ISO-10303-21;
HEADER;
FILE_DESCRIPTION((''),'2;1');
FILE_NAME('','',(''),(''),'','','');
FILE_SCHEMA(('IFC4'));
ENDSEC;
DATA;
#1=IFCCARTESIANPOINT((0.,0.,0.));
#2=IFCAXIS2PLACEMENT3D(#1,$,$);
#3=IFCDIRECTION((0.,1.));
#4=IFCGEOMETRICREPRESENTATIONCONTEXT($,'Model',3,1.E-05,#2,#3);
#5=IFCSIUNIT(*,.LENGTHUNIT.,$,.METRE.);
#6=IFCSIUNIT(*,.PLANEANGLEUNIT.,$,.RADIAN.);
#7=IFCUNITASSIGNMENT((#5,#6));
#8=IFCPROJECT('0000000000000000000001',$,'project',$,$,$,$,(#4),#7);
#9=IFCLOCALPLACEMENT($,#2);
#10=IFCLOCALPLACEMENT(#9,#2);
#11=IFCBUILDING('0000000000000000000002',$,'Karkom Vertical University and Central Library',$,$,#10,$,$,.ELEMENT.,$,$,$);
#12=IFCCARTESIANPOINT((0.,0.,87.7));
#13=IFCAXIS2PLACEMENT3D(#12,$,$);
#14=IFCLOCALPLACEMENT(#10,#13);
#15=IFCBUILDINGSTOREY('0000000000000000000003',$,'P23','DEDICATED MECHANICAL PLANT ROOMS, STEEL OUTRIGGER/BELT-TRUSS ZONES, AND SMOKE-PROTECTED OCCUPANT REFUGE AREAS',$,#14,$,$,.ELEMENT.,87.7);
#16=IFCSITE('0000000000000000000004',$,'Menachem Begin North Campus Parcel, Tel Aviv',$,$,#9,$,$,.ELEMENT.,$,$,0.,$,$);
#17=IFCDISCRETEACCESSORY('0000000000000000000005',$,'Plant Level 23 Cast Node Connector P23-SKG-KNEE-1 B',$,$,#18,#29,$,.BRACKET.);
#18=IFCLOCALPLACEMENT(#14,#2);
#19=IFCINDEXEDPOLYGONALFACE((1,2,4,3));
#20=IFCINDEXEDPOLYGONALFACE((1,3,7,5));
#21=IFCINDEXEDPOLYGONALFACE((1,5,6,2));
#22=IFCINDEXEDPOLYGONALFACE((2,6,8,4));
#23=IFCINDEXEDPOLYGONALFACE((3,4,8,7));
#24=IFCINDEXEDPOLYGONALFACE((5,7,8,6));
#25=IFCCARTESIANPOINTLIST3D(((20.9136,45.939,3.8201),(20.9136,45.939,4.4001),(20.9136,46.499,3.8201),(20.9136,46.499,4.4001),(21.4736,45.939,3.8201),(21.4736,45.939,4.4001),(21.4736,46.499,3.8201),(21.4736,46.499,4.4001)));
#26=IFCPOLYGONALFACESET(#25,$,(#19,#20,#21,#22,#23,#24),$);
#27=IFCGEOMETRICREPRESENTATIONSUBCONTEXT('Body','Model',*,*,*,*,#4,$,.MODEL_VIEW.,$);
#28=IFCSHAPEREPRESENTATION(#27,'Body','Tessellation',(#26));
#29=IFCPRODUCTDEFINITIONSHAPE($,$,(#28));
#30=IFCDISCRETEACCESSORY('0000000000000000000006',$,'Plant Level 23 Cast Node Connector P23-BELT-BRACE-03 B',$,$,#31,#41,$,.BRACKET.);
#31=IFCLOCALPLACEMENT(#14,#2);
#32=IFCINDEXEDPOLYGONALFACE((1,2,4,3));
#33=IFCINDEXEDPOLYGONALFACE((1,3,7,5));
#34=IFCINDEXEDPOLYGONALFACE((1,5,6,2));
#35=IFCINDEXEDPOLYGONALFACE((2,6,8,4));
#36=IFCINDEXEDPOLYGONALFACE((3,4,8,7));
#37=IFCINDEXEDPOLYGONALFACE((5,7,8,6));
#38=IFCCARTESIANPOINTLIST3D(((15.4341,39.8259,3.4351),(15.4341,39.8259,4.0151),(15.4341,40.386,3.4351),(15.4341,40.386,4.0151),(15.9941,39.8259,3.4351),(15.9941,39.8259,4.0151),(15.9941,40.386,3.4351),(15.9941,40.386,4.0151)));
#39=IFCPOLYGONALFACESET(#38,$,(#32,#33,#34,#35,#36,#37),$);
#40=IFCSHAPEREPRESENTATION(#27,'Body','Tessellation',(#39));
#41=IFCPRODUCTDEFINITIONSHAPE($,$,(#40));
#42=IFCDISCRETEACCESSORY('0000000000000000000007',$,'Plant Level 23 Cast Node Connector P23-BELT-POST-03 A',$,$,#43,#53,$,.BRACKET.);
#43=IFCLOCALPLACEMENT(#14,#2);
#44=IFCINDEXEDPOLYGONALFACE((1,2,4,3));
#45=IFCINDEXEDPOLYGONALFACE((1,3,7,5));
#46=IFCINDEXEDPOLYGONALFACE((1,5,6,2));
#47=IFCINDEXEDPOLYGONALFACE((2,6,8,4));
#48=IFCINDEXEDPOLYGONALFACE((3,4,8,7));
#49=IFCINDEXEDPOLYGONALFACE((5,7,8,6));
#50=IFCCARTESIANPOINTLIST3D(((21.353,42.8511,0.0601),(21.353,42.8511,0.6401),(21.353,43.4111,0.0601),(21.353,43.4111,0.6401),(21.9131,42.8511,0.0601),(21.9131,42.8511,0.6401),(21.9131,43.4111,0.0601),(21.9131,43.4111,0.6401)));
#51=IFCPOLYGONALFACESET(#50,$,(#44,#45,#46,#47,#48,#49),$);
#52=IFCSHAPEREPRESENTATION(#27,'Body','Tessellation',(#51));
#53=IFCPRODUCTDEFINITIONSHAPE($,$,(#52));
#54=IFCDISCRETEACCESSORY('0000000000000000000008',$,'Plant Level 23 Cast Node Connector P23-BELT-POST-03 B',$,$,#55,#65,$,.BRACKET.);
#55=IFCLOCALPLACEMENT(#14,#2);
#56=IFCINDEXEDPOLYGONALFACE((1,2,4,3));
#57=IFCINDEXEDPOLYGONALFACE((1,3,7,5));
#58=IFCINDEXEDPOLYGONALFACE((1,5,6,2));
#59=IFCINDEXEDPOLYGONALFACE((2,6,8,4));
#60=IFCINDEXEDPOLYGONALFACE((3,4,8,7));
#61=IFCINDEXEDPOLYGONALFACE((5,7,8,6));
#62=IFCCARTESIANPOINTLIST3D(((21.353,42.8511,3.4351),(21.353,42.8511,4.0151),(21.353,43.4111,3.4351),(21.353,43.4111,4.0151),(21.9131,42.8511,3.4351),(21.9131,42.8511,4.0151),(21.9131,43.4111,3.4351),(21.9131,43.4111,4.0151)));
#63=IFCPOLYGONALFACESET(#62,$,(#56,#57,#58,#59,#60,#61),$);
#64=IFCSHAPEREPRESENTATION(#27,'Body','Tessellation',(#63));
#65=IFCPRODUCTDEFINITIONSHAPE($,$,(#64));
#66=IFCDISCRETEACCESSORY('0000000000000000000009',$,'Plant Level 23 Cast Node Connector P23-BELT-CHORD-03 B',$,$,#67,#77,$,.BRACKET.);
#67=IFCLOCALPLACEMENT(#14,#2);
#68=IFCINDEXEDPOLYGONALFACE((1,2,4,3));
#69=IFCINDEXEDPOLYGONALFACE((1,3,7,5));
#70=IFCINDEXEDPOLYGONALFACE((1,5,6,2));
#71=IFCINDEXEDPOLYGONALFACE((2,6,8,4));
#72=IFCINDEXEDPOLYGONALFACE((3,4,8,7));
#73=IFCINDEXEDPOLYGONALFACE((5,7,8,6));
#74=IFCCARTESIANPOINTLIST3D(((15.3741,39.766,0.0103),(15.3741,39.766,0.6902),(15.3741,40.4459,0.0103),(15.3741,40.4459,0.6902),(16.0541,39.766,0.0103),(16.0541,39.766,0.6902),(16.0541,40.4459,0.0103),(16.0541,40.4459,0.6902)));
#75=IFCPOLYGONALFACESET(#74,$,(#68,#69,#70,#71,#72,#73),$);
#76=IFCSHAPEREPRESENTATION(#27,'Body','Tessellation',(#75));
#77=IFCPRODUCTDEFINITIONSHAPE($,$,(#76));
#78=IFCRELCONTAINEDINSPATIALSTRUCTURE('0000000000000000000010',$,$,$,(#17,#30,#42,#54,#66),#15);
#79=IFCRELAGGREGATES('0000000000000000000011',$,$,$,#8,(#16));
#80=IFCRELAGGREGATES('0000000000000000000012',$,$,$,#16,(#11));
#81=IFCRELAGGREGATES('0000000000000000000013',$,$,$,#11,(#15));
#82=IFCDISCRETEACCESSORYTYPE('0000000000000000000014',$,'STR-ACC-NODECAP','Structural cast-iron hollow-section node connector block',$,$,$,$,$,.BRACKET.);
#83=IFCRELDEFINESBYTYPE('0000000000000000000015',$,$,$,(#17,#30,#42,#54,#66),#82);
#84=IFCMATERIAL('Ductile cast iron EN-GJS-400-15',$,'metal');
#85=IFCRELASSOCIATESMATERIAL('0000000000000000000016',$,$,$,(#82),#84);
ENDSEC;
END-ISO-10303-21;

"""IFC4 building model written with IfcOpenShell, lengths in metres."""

from ifc_helpers import new_model, si_unit, direction, frame, origin, origin_with_axes, origin_2d, place, context, subcontext, project, spatial, rectangle, extrude, source, transform, mapped, material, type_object, element, save


model = new_model("IFC4")

# Units and contexts
model_context = context("Model", 3, precision=1e-05, world=origin(), true_north=direction((0.0, 1.0)))
body_context = subcontext(model_context, "Body", "Model", "MODEL_VIEW")
ifc_project = project(units=[si_unit("LENGTHUNIT", "METRE"), si_unit("PLANEANGLEUNIT", "RADIAN")], contexts=[model_context])

# Site, building, storey
site_placement = place(None, origin())
site = spatial("IfcSite", under=ifc_project, at=site_placement, Name="Menachem Begin North Campus Parcel, Tel Aviv", CompositionType="ELEMENT", RefElevation=0.0)
building_placement = place(site_placement, origin())
building = spatial("IfcBuilding", under=site, at=building_placement, Name="Karkom Vertical University and Central Library", CompositionType="ELEMENT")
storey_placement = place(building_placement, frame((0.0, 0.0, 87.7)))
storey = spatial("IfcBuildingStorey", under=building, at=storey_placement, Name="P23", Description="DEDICATED MECHANICAL PLANT ROOMS, STEEL OUTRIGGER/BELT-TRUSS ZONES, AND SMOKE-PROTECTED OCCUPANT REFUGE AREAS", CompositionType="ELEMENT", Elevation=87.7)

# Discrete accessories
ifc_material_1 = material(Name="Ductile cast iron EN-GJS-400-15", Category="metal")
discrete_accessory_type = type_object("IfcDiscreteAccessoryType", Name="STR-ACC-NODECAP", Description="Structural cast-iron hollow-section node connector block", PredefinedType="BRACKET", material=ifc_material_1)
shared_shape_1 = source(origin_with_axes(), body_context, "Body", "SweptSolid", [
    extrude(rectangle(XDim=0.5601, YDim=0.5601, at=origin_2d()), origin(), (0.0, 0.0, 1.0), 0.5801),
])
for number, where, z_axis, x_axis, name in (
    (1, (21.1936, 46.219, 3.8201), (0.0, 0.0, 1.0), (1.0, 0.0, 0.0), "Plant Level 23 Cast Node Connector P23-SKG-KNEE-1 B"),
    (2, (15.7141, 40.106, 3.4351), (0.0, 0.0, 1.0), (1.0, 0.0, 0.0), "Plant Level 23 Cast Node Connector P23-BELT-BRACE-03 B"),
    (3, (21.6331, 43.1311, 0.0601), (0.0, 0.0, 1.0), (1.0, 0.0, 0.0), "Plant Level 23 Cast Node Connector P23-BELT-POST-03 A"),
    (4, (21.6331, 43.1311, 3.4351), (0.0, 0.0, 1.0), (1.0, 0.0, 0.0), "Plant Level 23 Cast Node Connector P23-BELT-POST-03 B"),
):
    element("IfcDiscreteAccessory", number, at=place(storey_placement, frame(where, z_axis=z_axis, x_axis=x_axis)), inside=storey, type_object=discrete_accessory_type, Name=name, PredefinedType="BRACKET", context=body_context, shape_type="MappedRepresentation", body=[
        mapped(shared_shape_1, transform((0.0, 0.0, 0.0), scale=1.0)),
    ])
shared_shape_2 = source(origin_with_axes(), body_context, "Body", "SweptSolid", [
    extrude(rectangle(XDim=0.6799, YDim=0.6799, at=origin_2d()), origin(), (0.0, 0.0, 1.0), 0.6799),
])
discrete_accessory_placement = place(storey_placement, frame((15.7141, 40.106, 0.0103), z_axis=(0.0, 0.0, 1.0), x_axis=(1.0, 0.0, 0.0)))
element("IfcDiscreteAccessory", 5, at=discrete_accessory_placement, inside=storey, type_object=discrete_accessory_type, Name="Plant Level 23 Cast Node Connector P23-BELT-CHORD-03 B", PredefinedType="BRACKET", context=body_context, shape_type="MappedRepresentation", body=[
    mapped(shared_shape_2, transform((0.0, 0.0, 0.0), scale=1.0)),
])

save(model, "model.ifc")
